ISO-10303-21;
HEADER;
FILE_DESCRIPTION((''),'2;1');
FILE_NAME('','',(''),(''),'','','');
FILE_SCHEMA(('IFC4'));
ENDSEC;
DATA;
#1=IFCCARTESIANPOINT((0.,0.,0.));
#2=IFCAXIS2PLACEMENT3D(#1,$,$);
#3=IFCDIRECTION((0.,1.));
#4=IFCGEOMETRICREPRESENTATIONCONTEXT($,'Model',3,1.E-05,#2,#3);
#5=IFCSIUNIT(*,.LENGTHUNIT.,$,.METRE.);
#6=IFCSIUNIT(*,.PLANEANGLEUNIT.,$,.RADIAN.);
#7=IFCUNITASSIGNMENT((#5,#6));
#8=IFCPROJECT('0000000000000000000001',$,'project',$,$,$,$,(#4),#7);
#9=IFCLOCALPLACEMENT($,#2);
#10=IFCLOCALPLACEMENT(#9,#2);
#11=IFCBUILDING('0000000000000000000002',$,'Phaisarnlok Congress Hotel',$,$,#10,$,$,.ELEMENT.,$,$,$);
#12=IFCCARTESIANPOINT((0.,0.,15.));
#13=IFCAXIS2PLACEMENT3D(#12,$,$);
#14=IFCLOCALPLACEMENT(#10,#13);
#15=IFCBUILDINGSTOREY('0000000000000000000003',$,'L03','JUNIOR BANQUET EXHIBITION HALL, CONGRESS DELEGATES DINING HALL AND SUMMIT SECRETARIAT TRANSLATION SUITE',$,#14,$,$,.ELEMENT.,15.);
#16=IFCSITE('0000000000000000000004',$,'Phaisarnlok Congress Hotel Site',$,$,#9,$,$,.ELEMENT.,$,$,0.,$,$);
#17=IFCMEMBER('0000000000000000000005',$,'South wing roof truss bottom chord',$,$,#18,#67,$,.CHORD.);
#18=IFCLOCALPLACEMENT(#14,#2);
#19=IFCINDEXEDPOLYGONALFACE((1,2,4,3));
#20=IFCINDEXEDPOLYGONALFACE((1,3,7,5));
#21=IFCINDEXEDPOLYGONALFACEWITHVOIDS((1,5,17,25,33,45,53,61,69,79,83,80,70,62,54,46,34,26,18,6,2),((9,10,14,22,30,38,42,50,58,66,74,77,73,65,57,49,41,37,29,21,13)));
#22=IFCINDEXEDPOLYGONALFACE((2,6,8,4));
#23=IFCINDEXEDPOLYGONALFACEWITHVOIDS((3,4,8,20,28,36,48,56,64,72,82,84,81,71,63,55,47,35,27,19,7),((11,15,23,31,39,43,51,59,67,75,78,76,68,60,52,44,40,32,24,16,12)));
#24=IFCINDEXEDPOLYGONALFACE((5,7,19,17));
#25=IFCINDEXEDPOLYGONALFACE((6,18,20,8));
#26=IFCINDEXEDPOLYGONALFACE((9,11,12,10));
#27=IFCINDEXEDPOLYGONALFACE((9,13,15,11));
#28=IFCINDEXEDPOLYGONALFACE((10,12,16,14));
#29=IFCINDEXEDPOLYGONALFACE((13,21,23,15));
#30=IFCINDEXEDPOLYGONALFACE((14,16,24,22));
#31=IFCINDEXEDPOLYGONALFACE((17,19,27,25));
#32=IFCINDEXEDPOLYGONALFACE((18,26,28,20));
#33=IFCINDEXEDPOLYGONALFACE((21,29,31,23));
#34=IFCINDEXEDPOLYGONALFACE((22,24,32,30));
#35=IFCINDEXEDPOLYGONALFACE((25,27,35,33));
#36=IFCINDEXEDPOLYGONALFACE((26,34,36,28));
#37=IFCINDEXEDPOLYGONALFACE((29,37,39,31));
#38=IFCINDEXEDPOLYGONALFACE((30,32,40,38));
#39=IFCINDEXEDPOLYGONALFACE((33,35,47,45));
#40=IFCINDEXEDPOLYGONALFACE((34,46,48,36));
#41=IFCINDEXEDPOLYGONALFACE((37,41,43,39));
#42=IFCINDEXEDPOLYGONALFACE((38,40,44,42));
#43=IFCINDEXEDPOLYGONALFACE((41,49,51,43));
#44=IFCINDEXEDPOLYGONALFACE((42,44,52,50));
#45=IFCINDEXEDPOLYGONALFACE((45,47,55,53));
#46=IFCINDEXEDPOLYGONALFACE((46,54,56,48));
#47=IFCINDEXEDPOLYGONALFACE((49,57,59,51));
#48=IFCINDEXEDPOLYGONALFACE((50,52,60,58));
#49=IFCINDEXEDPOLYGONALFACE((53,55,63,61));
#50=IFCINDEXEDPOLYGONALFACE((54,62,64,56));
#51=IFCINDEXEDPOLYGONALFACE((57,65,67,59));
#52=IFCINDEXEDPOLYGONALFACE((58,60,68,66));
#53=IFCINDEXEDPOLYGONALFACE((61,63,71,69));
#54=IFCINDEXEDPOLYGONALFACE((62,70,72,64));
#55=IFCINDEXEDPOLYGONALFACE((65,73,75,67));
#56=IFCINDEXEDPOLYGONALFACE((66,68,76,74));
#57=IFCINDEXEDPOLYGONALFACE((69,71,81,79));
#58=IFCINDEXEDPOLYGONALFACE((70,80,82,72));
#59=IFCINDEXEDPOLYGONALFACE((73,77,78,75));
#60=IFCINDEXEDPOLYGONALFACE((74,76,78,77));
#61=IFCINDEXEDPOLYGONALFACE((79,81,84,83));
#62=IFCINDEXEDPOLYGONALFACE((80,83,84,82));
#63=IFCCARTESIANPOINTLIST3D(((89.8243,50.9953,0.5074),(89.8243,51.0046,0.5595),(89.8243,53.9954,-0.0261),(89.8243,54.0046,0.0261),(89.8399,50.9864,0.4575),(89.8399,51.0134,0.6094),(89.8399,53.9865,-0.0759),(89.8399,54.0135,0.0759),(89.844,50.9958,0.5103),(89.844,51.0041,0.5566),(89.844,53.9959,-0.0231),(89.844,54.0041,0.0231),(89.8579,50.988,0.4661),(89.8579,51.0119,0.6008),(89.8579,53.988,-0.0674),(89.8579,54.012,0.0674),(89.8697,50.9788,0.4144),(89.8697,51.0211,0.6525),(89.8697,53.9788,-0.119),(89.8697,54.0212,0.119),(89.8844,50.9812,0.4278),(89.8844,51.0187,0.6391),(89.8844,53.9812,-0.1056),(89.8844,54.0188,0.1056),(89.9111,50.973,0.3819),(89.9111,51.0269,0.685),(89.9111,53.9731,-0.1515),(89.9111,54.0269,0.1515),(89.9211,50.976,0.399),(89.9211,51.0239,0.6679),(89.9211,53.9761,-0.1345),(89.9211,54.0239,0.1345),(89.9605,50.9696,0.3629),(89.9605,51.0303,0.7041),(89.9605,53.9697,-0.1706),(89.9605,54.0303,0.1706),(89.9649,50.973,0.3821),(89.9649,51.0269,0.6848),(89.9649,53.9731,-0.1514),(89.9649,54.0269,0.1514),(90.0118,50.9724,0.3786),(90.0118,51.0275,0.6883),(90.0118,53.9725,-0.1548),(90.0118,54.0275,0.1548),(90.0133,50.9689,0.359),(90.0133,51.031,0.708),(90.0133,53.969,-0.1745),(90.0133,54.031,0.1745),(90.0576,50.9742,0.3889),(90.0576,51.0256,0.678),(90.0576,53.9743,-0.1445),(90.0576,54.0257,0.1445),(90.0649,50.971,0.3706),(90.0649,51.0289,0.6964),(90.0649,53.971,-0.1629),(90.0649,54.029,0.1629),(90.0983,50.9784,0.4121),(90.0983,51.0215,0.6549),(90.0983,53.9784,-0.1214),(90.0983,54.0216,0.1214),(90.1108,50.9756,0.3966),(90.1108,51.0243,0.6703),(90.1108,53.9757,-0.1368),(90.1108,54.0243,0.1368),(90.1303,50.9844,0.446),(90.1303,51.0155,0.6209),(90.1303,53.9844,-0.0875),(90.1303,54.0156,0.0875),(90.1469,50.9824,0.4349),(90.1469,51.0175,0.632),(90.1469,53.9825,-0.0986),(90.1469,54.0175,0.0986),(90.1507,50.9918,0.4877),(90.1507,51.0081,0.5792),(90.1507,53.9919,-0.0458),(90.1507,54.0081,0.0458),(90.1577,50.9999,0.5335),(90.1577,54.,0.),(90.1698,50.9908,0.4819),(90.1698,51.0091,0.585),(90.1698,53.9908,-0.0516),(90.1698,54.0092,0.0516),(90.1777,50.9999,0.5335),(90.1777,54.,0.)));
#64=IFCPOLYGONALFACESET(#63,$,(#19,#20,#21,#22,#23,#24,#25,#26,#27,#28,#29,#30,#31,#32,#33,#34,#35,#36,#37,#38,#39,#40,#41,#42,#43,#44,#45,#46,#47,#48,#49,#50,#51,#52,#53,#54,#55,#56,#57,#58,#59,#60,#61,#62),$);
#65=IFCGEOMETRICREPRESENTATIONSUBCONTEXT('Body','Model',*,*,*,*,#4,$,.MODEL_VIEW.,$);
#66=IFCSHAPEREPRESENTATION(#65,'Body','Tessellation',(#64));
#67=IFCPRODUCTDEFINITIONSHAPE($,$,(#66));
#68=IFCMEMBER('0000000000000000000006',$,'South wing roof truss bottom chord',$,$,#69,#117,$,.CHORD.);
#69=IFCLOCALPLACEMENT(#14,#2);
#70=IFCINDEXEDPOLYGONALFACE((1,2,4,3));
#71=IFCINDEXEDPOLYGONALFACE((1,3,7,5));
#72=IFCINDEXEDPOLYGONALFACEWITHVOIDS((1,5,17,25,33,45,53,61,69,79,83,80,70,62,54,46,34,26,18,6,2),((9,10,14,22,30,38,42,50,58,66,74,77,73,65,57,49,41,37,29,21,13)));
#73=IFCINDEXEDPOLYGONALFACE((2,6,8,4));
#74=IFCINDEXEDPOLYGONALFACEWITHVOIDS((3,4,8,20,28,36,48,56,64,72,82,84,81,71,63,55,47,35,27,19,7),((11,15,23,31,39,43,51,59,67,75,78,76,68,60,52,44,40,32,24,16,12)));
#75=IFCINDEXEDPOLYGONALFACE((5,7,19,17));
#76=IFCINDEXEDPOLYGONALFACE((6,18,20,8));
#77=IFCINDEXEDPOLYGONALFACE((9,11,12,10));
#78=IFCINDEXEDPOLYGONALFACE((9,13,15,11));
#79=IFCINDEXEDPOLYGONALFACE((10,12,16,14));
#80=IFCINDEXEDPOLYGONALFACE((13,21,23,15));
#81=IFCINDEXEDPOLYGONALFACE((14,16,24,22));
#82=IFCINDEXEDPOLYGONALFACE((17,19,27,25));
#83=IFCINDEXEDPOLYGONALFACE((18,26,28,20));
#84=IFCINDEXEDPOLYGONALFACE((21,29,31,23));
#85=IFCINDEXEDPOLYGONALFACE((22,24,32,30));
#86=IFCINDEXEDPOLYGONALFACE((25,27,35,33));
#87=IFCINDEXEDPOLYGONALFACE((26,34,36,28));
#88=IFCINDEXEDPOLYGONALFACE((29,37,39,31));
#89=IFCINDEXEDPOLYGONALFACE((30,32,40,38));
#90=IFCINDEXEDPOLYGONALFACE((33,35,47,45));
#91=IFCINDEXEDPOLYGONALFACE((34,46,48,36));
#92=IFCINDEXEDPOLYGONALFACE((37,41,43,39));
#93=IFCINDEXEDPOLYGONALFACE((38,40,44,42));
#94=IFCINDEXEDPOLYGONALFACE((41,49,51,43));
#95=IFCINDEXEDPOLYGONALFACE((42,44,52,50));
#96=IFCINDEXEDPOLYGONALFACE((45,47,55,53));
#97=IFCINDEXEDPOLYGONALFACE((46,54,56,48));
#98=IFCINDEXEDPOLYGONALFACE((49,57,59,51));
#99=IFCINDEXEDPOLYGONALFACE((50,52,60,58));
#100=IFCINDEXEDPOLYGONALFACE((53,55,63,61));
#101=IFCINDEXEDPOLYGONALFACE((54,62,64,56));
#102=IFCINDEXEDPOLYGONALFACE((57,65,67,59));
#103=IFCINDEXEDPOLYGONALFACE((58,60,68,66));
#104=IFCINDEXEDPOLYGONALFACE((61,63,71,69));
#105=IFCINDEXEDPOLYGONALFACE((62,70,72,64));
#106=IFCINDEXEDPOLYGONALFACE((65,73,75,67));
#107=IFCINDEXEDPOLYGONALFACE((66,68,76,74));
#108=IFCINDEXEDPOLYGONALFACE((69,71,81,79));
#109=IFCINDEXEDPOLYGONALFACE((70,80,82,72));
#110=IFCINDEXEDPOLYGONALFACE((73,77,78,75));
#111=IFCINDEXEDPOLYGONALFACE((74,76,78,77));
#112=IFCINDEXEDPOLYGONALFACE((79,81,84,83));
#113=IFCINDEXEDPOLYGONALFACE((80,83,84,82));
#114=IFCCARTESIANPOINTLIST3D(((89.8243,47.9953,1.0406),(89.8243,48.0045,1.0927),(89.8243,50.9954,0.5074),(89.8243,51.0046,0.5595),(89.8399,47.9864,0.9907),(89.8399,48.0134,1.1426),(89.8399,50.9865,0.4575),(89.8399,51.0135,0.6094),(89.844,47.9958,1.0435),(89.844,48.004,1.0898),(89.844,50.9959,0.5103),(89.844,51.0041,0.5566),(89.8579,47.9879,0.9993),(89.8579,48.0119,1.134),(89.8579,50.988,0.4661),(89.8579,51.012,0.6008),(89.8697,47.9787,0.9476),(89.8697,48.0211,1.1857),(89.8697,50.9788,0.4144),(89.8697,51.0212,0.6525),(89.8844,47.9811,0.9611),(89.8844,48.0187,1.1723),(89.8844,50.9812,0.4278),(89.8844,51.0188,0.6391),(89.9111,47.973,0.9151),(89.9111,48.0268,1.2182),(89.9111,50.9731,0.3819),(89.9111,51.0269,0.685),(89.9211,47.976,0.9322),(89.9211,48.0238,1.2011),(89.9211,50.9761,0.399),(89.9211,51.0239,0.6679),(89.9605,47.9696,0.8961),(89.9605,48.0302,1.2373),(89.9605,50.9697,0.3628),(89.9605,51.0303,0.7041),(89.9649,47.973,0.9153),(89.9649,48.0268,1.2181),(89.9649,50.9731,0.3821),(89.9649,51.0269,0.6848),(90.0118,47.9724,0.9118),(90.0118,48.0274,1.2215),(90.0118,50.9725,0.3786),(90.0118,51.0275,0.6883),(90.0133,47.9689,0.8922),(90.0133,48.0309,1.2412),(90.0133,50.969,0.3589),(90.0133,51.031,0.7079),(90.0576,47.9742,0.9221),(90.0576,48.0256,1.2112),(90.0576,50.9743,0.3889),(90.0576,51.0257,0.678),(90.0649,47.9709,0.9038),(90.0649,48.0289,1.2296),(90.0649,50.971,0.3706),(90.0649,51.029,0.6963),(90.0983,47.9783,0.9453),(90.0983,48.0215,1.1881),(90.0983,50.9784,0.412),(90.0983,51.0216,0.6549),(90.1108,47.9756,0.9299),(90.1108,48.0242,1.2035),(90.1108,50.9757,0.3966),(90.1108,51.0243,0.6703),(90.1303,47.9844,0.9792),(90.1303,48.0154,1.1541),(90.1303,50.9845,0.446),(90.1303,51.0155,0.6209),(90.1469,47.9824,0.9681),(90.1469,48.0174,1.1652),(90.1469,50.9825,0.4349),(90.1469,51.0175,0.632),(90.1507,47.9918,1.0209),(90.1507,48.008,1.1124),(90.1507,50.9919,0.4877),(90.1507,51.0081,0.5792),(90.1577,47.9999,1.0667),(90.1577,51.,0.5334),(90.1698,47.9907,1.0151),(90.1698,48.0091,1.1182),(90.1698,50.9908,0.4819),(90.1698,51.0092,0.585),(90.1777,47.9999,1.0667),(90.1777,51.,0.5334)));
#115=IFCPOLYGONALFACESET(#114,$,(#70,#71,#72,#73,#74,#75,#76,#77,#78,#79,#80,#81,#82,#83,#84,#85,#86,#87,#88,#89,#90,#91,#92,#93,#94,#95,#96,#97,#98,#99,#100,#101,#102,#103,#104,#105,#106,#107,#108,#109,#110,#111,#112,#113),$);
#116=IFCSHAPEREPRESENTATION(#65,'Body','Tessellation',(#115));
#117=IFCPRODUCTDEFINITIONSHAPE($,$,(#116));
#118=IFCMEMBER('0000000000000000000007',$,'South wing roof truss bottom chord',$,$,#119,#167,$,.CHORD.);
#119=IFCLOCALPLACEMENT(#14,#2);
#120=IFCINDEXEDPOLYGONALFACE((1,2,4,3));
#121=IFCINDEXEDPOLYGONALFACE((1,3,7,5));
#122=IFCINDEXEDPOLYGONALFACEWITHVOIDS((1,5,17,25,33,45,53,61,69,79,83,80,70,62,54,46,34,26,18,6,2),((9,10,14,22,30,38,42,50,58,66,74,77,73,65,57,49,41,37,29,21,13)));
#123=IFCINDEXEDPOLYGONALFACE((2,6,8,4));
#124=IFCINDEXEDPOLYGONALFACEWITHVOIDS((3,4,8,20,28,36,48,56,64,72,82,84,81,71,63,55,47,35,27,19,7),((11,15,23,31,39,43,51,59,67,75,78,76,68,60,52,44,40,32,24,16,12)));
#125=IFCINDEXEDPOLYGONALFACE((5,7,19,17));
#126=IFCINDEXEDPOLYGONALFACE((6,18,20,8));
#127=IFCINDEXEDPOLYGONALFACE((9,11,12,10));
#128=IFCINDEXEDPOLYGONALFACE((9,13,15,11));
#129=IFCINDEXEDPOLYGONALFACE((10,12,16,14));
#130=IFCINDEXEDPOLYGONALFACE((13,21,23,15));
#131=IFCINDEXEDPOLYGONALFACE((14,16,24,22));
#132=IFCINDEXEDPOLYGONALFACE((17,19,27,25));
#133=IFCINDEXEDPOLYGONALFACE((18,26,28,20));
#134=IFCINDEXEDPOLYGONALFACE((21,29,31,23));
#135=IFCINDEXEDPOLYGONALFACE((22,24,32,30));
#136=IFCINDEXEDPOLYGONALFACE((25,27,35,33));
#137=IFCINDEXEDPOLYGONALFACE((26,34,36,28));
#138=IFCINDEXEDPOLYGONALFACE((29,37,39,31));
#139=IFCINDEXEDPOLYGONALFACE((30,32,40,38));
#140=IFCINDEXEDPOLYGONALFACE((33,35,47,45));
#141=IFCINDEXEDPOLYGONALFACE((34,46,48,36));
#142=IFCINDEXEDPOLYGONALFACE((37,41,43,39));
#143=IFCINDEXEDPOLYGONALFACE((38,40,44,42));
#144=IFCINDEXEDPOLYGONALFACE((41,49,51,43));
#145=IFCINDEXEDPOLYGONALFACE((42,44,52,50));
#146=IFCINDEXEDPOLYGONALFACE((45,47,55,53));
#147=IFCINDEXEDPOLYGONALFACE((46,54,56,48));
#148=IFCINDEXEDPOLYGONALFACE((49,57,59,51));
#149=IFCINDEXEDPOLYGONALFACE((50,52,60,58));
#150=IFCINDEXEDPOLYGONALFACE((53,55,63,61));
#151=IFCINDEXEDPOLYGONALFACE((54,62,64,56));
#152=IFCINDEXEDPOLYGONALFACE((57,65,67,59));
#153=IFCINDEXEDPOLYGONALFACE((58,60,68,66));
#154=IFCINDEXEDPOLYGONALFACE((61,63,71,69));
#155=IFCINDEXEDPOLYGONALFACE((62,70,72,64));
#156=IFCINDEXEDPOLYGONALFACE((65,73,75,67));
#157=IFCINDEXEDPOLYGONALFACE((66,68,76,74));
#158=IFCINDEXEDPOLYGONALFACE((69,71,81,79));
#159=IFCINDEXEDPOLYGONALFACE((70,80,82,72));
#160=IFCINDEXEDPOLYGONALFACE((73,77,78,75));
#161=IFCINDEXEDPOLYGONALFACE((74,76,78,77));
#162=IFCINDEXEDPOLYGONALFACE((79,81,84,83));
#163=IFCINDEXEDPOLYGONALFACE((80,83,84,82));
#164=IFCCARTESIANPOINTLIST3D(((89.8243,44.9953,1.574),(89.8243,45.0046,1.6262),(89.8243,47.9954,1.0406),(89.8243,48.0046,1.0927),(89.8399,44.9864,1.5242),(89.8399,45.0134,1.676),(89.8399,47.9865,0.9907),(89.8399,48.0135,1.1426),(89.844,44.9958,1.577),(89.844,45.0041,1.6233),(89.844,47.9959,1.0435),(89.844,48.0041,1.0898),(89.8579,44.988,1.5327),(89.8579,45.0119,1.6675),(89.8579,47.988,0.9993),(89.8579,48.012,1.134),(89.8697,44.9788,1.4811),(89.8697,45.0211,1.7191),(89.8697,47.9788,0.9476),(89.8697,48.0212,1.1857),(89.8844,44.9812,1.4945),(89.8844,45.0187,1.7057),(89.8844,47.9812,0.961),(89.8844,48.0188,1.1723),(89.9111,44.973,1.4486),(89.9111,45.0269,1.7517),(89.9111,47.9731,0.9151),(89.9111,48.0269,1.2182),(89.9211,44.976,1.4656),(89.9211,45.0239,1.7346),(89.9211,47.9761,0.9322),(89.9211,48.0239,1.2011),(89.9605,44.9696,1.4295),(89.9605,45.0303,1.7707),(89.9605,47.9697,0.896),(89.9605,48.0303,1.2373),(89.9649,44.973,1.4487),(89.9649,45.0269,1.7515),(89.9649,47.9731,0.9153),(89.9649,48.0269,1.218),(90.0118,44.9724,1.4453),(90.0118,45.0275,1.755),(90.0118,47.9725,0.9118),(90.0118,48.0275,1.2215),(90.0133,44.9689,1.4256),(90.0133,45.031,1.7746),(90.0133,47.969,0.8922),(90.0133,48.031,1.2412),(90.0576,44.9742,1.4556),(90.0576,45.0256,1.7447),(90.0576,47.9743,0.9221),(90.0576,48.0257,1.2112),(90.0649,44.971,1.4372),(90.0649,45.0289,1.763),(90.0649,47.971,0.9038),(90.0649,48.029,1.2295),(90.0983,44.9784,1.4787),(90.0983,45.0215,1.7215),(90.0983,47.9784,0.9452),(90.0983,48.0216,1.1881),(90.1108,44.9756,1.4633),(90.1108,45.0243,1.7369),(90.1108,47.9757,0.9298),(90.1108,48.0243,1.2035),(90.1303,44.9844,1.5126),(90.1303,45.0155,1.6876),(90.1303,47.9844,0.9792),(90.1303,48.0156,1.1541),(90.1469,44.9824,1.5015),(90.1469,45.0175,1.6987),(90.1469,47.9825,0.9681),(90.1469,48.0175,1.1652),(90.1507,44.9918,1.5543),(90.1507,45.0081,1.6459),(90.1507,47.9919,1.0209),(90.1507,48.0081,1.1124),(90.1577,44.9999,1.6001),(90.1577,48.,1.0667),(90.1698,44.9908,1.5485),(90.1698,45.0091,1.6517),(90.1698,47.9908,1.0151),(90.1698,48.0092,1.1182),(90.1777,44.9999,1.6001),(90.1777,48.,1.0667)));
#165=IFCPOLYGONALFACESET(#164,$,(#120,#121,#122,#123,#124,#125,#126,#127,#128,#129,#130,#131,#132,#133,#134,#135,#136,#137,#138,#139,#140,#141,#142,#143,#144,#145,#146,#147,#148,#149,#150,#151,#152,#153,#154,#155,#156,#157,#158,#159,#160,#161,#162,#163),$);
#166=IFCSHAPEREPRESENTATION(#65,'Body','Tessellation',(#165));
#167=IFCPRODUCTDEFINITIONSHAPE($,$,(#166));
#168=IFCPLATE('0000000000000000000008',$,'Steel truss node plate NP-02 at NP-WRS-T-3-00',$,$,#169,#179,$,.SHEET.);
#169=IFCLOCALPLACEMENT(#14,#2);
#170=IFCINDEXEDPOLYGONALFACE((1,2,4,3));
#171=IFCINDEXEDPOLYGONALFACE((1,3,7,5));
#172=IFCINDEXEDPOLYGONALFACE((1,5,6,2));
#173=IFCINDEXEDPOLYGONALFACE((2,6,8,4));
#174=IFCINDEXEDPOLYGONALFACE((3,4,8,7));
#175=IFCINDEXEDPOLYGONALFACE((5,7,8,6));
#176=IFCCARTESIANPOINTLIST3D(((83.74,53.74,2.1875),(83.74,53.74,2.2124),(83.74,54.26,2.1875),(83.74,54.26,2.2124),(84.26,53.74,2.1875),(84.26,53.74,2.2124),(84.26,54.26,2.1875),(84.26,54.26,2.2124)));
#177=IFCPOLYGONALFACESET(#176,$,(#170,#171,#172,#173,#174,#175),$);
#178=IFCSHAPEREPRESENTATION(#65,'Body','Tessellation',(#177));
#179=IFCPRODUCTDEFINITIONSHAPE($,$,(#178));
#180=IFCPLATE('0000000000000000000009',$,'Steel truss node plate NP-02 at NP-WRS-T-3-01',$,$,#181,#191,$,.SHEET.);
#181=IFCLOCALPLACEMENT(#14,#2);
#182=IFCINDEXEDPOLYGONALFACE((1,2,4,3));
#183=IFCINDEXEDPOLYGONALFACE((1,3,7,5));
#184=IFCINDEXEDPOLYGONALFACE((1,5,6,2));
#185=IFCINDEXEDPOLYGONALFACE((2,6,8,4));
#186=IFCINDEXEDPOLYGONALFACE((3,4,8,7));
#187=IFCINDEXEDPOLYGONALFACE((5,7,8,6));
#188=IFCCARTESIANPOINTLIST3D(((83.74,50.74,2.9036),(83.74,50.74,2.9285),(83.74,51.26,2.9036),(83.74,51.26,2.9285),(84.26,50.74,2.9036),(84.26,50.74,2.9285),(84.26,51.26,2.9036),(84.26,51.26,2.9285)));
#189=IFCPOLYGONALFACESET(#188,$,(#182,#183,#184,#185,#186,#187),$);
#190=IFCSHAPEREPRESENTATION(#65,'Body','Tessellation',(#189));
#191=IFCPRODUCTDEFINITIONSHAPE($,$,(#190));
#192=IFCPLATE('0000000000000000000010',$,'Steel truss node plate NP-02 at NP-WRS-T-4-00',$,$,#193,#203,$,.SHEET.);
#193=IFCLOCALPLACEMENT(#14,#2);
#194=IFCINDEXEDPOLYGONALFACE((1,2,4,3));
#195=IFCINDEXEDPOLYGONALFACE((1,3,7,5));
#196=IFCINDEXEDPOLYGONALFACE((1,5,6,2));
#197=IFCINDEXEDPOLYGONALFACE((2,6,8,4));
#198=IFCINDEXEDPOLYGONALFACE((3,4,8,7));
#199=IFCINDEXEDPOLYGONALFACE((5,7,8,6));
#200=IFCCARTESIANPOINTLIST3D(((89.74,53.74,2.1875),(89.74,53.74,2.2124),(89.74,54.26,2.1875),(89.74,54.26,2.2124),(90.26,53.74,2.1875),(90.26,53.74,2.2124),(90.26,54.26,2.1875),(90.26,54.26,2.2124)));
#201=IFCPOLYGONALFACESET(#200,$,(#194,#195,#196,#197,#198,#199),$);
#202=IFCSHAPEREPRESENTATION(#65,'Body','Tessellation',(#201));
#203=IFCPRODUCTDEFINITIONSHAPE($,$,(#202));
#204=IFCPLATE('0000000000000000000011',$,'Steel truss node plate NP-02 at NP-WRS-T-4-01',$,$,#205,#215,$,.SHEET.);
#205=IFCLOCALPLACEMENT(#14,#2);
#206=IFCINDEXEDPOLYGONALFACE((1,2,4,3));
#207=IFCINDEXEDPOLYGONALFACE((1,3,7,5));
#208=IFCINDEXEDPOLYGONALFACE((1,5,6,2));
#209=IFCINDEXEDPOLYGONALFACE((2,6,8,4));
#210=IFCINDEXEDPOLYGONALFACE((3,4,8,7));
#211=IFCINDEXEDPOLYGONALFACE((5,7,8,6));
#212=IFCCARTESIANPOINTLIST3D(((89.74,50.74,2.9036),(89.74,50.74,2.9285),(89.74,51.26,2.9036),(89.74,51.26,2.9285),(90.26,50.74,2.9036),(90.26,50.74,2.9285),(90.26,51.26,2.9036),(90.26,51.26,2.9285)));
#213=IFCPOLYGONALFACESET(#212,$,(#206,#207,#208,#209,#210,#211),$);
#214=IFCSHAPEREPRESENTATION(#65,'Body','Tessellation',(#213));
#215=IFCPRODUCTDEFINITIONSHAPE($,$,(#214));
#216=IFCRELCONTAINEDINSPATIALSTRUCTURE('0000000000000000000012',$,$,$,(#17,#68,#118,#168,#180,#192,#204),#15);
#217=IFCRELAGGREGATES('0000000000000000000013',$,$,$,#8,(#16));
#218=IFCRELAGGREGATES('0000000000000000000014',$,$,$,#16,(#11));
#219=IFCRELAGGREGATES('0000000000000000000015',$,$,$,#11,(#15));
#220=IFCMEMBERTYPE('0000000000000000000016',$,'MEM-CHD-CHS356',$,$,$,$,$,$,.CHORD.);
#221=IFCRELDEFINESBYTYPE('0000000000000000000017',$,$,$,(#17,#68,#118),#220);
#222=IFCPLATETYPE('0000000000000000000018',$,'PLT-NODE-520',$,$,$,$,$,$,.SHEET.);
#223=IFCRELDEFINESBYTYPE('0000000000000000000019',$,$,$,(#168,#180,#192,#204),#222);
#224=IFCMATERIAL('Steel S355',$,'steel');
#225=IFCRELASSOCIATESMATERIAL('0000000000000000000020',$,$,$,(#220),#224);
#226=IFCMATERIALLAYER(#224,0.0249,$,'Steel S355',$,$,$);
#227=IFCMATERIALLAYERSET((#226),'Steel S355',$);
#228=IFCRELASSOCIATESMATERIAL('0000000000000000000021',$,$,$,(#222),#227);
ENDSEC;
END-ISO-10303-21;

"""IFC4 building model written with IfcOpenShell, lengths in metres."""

from ifc_helpers import new_model, si_unit, direction, frame, origin, origin_2d, place, context, subcontext, project, spatial, rectangle, hollow_circle, extrude, material, layer, layer_set, material_profile, profile_set, type_object, element, save


model = new_model("IFC4")

# Units and contexts
model_context = context("Model", 3, precision=1e-05, world=origin(), true_north=direction((0.0, 1.0)))
body_context = subcontext(model_context, "Body", "Model", "MODEL_VIEW")
ifc_project = project(units=[si_unit("LENGTHUNIT", "METRE"), si_unit("PLANEANGLEUNIT", "RADIAN")], contexts=[model_context])

# Site, building, storey
site_placement = place(None, origin())
site = spatial("IfcSite", under=ifc_project, at=site_placement, Name="Phaisarnlok Congress Hotel Site", CompositionType="ELEMENT", RefElevation=0.0)
building_placement = place(site_placement, origin())
building = spatial("IfcBuilding", under=site, at=building_placement, Name="Phaisarnlok Congress Hotel", CompositionType="ELEMENT")
storey_placement = place(building_placement, frame((0.0, 0.0, 15.0)))
storey = spatial("IfcBuildingStorey", under=building, at=storey_placement, Name="L03", Description="JUNIOR BANQUET EXHIBITION HALL, CONGRESS DELEGATES DINING HALL AND SUMMIT SECRETARIAT TRANSLATION SUITE", CompositionType="ELEMENT", Elevation=15.0)

# Shared definitions
ifc_material = material(Name="Steel S355", Category="steel")

# Members
ifc_material_profile_1 = material_profile(ifc_material, hollow_circle(Radius=0.1777, WallThickness=0.02, at=origin_2d()), Name="CHS 355.6x20")
ifc_profile_set_1 = profile_set([ifc_material_profile_1], Name="Steel S355")
member_type_1 = type_object("IfcMemberType", Name="MEM-CHD-CHS356", PredefinedType="CHORD", material=ifc_profile_set_1)
for number, where, z_axis, x_axis, name in (
    (1, (90.0, 54.0, 0.0), (0.0, -0.984556, 0.17507), (1.0, 0.0, 0.0), "South wing roof truss bottom chord"),
    (2, (90.0, 51.0, 0.5334), (0.0, -0.98457, 0.174992), (1.0, 0.0, 0.0), "South wing roof truss bottom chord"),
    (3, (90.0, 48.0, 1.0667), (0.0, -0.984556, 0.17507), (1.0, 0.0, 0.0), "South wing roof truss bottom chord"),
):
    element("IfcMember", number, at=place(storey_placement, frame(where, z_axis=z_axis, x_axis=x_axis)), inside=storey, type_object=member_type_1, Name=name, PredefinedType="CHORD", context=body_context, shape_type="SweptSolid", body=[
        extrude(hollow_circle(Radius=0.1777, WallThickness=0.02, at=origin_2d()), origin(), (0.0, 0.0, 1.0), 3.0471),
    ])

# Plates
ifc_layer_1 = layer(ifc_material, 0.0249, Name="Steel S355")
ifc_layer_set_1 = layer_set([ifc_layer_1], Name="Steel S355")
plate_type_1 = type_object("IfcPlateType", Name="PLT-NODE-520", PredefinedType="SHEET", material=ifc_layer_set_1)
for number, where, z_axis, x_axis, name in (
    (4, (84.0, 54.0, 2.1875), (0.0, 0.0, 1.0), (1.0, 0.0, 0.0), "Steel truss node plate NP-02 at NP-WRS-T-3-00"),
    (5, (84.0, 51.0, 2.9036), (0.0, 0.0, 1.0), (1.0, 0.0, 0.0), "Steel truss node plate NP-02 at NP-WRS-T-3-01"),
    (6, (90.0, 54.0, 2.1875), (0.0, 0.0, 1.0), (1.0, 0.0, 0.0), "Steel truss node plate NP-02 at NP-WRS-T-4-00"),
    (7, (90.0, 51.0, 2.9036), (0.0, 0.0, 1.0), (1.0, 0.0, 0.0), "Steel truss node plate NP-02 at NP-WRS-T-4-01"),
):
    element("IfcPlate", number, at=place(storey_placement, frame(where, z_axis=z_axis, x_axis=x_axis)), inside=storey, type_object=plate_type_1, Name=name, PredefinedType="SHEET", context=body_context, shape_type="SweptSolid", body=[
        extrude(rectangle(XDim=0.52, YDim=0.52, at=origin_2d()), origin(), (0.0, 0.0, 1.0), 0.0249),
    ])

save(model, "model.ifc")
